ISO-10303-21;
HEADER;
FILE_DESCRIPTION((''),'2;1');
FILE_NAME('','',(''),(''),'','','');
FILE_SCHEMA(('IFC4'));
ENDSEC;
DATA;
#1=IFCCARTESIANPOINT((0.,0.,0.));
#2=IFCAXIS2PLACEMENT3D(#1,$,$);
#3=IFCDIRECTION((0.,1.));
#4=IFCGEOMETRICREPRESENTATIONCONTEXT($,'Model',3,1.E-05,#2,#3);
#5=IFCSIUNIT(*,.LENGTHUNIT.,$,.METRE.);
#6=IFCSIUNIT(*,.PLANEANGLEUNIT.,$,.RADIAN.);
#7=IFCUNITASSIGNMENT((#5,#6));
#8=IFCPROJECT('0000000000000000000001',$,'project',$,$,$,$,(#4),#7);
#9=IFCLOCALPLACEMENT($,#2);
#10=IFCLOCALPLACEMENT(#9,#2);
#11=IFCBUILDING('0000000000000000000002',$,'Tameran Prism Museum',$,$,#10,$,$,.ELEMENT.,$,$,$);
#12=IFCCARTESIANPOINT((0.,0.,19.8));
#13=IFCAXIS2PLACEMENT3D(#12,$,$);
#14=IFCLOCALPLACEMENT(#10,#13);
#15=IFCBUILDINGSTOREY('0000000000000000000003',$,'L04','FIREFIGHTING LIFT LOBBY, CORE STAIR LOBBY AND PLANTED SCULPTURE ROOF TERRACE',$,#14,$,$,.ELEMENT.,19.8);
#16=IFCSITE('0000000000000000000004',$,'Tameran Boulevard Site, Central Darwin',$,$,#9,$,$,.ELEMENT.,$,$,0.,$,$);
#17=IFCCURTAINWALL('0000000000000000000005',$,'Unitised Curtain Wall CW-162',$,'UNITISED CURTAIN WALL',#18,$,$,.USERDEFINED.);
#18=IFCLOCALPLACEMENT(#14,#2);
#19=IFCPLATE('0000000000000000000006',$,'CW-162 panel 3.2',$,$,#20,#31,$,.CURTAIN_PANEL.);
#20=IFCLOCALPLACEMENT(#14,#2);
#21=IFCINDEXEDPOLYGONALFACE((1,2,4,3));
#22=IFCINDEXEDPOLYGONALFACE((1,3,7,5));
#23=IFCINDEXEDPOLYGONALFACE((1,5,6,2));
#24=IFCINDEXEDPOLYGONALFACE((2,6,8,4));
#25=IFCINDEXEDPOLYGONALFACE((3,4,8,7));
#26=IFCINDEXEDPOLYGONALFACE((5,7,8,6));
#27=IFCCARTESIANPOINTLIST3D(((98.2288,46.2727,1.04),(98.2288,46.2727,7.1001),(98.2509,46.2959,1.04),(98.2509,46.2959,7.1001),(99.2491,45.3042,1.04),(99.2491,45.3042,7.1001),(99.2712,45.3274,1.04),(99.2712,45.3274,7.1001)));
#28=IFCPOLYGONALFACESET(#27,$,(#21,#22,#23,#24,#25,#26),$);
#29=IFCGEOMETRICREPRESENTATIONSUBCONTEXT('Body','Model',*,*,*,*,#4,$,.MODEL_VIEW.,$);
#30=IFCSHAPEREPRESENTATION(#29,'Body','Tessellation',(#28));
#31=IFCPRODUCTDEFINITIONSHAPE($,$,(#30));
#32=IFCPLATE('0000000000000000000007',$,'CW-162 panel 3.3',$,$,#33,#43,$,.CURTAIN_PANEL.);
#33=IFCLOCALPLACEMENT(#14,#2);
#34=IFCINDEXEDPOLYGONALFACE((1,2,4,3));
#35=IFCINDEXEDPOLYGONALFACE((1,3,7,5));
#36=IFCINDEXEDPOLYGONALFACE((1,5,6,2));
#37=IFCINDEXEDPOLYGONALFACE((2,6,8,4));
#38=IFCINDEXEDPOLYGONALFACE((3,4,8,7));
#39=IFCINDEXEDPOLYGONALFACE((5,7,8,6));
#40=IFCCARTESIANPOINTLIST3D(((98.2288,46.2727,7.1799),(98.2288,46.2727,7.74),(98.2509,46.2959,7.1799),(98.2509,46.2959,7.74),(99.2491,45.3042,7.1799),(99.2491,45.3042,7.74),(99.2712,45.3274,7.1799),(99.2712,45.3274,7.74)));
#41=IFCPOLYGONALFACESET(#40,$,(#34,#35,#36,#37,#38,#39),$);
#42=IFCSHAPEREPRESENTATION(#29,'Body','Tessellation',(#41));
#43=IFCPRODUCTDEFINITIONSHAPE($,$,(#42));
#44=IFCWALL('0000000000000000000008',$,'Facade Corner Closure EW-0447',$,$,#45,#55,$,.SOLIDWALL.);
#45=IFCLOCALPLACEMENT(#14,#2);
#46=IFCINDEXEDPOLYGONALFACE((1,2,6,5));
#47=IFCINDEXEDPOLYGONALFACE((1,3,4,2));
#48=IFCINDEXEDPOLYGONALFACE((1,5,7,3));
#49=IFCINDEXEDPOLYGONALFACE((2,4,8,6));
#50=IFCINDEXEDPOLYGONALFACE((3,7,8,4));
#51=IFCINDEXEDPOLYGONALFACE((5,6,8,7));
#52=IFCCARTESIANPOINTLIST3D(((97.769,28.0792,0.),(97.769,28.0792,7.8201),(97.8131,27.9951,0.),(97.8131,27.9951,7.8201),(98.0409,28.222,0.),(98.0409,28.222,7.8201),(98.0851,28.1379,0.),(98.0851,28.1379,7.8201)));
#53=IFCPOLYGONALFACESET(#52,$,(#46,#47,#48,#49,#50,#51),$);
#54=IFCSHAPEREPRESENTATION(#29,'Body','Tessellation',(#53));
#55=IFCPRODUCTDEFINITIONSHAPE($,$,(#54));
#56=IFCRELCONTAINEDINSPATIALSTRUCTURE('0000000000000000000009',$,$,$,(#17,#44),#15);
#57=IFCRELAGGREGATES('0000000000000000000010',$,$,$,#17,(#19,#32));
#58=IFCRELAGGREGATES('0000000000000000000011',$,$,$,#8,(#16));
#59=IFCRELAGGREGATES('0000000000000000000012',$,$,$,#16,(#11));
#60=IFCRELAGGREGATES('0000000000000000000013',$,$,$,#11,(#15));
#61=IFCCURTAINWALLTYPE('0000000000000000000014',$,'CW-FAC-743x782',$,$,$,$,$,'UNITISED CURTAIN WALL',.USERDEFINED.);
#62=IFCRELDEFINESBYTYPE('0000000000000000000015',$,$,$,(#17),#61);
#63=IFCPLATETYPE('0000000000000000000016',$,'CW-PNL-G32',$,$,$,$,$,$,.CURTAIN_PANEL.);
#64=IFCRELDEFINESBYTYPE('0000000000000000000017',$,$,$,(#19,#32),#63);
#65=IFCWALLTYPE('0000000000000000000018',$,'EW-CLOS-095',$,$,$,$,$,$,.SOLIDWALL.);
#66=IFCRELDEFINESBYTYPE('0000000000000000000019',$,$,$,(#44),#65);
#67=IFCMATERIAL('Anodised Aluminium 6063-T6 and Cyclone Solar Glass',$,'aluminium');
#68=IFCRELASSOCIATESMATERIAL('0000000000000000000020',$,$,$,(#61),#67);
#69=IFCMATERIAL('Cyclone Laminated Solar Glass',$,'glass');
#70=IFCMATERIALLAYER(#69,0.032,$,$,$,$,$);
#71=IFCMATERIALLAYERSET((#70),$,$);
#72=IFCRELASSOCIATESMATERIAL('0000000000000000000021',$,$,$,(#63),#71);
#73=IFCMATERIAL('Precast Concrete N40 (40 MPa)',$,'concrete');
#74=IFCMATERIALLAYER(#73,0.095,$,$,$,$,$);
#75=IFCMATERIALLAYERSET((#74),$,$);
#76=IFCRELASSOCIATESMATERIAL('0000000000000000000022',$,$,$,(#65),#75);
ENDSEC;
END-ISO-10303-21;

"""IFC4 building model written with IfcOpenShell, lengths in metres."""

from ifc_helpers import new_model, si_unit, direction, frame, frame_2d, origin, origin_2d, place, context, subcontext, project, spatial, rectangle, extrude, material, layer, layer_set, type_object, element, aggregate, save


model = new_model("IFC4")

# Units and contexts
model_context = context("Model", 3, precision=1e-05, world=origin(), true_north=direction((0.0, 1.0)))
body_context = subcontext(model_context, "Body", "Model", "MODEL_VIEW")
ifc_project = project(units=[si_unit("LENGTHUNIT", "METRE"), si_unit("PLANEANGLEUNIT", "RADIAN")], contexts=[model_context])

# Site, building, storey
site_placement = place(None, origin())
site = spatial("IfcSite", under=ifc_project, at=site_placement, Name="Tameran Boulevard Site, Central Darwin", CompositionType="ELEMENT", RefElevation=0.0)
building_placement = place(site_placement, origin())
building = spatial("IfcBuilding", under=site, at=building_placement, Name="Tameran Prism Museum", CompositionType="ELEMENT")
storey_placement = place(building_placement, frame((0.0, 0.0, 19.8)))
storey = spatial("IfcBuildingStorey", under=building, at=storey_placement, Name="L04", Description="FIREFIGHTING LIFT LOBBY, CORE STAIR LOBBY AND PLANTED SCULPTURE ROOF TERRACE", CompositionType="ELEMENT", Elevation=19.8)

# Curtain wall
ifc_material_1 = material(Name="Anodised Aluminium 6063-T6 and Cyclone Solar Glass", Category="aluminium")
curtain_wall_type_1 = type_object("IfcCurtainWallType", Name="CW-FAC-743x782", ElementType="UNITISED CURTAIN WALL", PredefinedType="USERDEFINED", material=ifc_material_1)
curtain_wall_1_placement = place(storey_placement, origin())
curtain_wall_1 = element("IfcCurtainWall", 1, at=curtain_wall_1_placement, inside=storey, type_object=curtain_wall_type_1, Name="Unitised Curtain Wall CW-162", ObjectType="UNITISED CURTAIN WALL", PredefinedType="USERDEFINED")

# Plates
ifc_material_2 = material(Name="Cyclone Laminated Solar Glass", Category="glass")
ifc_layer_1 = layer(ifc_material_2, 0.032)
ifc_layer_set_1 = layer_set([ifc_layer_1])
plate_type = type_object("IfcPlateType", Name="CW-PNL-G32", PredefinedType="CURTAIN_PANEL", material=ifc_layer_set_1)
plate_1_placement = place(storey_placement, frame((98.75, 45.8, 1.04), z_axis=(0.0, 0.0, 1.0), x_axis=(0.725295, -0.688438, 0.0)))
plate_1 = element("IfcPlate", 2, at=plate_1_placement, type_object=plate_type, Name="CW-162 panel 3.2", PredefinedType="CURTAIN_PANEL", context=body_context, shape_type="SweptSolid", body=[
    extrude(rectangle(XDim=1.4067, YDim=0.032, at=origin_2d()), origin(), (0.0, 0.0, 1.0), 6.0601),
])
plate_2_placement = place(storey_placement, frame((98.75, 45.8, 7.1799), z_axis=(0.0, 0.0, 1.0), x_axis=(0.725295, -0.688438, 0.0)))
plate_2 = element("IfcPlate", 3, at=plate_2_placement, type_object=plate_type, Name="CW-162 panel 3.3", PredefinedType="CURTAIN_PANEL", context=body_context, shape_type="SweptSolid", body=[
    extrude(rectangle(XDim=1.4067, YDim=0.032, at=origin_2d()), origin(), (0.0, 0.0, 1.0), 0.5601),
])
aggregate(curtain_wall_1, [plate_1, plate_2])

# Wall
ifc_material_3 = material(Name="Precast Concrete N40 (40 MPa)", Category="concrete")
ifc_layer_2 = layer(ifc_material_3, 0.095)
ifc_layer_set_2 = layer_set([ifc_layer_2])
wall_type = type_object("IfcWallType", Name="EW-CLOS-095", PredefinedType="SOLIDWALL", material=ifc_layer_set_2)
wall_placement = place(storey_placement, frame((98.063, 28.1799, 0.0), z_axis=(0.0, 0.0, 1.0), x_axis=(-0.885349, -0.464927, 0.0)))
element("IfcWall", 4, at=wall_placement, inside=storey, type_object=wall_type, Name="Facade Corner Closure EW-0447", PredefinedType="SOLIDWALL", context=body_context, shape_type="SweptSolid", body=[
    extrude(rectangle(XDim=0.3071, YDim=0.095, at=frame_2d((0.1536, 0.0))), origin(), (0.0, 0.0, 1.0), 7.8201),
])

save(model, "model.ifc")
